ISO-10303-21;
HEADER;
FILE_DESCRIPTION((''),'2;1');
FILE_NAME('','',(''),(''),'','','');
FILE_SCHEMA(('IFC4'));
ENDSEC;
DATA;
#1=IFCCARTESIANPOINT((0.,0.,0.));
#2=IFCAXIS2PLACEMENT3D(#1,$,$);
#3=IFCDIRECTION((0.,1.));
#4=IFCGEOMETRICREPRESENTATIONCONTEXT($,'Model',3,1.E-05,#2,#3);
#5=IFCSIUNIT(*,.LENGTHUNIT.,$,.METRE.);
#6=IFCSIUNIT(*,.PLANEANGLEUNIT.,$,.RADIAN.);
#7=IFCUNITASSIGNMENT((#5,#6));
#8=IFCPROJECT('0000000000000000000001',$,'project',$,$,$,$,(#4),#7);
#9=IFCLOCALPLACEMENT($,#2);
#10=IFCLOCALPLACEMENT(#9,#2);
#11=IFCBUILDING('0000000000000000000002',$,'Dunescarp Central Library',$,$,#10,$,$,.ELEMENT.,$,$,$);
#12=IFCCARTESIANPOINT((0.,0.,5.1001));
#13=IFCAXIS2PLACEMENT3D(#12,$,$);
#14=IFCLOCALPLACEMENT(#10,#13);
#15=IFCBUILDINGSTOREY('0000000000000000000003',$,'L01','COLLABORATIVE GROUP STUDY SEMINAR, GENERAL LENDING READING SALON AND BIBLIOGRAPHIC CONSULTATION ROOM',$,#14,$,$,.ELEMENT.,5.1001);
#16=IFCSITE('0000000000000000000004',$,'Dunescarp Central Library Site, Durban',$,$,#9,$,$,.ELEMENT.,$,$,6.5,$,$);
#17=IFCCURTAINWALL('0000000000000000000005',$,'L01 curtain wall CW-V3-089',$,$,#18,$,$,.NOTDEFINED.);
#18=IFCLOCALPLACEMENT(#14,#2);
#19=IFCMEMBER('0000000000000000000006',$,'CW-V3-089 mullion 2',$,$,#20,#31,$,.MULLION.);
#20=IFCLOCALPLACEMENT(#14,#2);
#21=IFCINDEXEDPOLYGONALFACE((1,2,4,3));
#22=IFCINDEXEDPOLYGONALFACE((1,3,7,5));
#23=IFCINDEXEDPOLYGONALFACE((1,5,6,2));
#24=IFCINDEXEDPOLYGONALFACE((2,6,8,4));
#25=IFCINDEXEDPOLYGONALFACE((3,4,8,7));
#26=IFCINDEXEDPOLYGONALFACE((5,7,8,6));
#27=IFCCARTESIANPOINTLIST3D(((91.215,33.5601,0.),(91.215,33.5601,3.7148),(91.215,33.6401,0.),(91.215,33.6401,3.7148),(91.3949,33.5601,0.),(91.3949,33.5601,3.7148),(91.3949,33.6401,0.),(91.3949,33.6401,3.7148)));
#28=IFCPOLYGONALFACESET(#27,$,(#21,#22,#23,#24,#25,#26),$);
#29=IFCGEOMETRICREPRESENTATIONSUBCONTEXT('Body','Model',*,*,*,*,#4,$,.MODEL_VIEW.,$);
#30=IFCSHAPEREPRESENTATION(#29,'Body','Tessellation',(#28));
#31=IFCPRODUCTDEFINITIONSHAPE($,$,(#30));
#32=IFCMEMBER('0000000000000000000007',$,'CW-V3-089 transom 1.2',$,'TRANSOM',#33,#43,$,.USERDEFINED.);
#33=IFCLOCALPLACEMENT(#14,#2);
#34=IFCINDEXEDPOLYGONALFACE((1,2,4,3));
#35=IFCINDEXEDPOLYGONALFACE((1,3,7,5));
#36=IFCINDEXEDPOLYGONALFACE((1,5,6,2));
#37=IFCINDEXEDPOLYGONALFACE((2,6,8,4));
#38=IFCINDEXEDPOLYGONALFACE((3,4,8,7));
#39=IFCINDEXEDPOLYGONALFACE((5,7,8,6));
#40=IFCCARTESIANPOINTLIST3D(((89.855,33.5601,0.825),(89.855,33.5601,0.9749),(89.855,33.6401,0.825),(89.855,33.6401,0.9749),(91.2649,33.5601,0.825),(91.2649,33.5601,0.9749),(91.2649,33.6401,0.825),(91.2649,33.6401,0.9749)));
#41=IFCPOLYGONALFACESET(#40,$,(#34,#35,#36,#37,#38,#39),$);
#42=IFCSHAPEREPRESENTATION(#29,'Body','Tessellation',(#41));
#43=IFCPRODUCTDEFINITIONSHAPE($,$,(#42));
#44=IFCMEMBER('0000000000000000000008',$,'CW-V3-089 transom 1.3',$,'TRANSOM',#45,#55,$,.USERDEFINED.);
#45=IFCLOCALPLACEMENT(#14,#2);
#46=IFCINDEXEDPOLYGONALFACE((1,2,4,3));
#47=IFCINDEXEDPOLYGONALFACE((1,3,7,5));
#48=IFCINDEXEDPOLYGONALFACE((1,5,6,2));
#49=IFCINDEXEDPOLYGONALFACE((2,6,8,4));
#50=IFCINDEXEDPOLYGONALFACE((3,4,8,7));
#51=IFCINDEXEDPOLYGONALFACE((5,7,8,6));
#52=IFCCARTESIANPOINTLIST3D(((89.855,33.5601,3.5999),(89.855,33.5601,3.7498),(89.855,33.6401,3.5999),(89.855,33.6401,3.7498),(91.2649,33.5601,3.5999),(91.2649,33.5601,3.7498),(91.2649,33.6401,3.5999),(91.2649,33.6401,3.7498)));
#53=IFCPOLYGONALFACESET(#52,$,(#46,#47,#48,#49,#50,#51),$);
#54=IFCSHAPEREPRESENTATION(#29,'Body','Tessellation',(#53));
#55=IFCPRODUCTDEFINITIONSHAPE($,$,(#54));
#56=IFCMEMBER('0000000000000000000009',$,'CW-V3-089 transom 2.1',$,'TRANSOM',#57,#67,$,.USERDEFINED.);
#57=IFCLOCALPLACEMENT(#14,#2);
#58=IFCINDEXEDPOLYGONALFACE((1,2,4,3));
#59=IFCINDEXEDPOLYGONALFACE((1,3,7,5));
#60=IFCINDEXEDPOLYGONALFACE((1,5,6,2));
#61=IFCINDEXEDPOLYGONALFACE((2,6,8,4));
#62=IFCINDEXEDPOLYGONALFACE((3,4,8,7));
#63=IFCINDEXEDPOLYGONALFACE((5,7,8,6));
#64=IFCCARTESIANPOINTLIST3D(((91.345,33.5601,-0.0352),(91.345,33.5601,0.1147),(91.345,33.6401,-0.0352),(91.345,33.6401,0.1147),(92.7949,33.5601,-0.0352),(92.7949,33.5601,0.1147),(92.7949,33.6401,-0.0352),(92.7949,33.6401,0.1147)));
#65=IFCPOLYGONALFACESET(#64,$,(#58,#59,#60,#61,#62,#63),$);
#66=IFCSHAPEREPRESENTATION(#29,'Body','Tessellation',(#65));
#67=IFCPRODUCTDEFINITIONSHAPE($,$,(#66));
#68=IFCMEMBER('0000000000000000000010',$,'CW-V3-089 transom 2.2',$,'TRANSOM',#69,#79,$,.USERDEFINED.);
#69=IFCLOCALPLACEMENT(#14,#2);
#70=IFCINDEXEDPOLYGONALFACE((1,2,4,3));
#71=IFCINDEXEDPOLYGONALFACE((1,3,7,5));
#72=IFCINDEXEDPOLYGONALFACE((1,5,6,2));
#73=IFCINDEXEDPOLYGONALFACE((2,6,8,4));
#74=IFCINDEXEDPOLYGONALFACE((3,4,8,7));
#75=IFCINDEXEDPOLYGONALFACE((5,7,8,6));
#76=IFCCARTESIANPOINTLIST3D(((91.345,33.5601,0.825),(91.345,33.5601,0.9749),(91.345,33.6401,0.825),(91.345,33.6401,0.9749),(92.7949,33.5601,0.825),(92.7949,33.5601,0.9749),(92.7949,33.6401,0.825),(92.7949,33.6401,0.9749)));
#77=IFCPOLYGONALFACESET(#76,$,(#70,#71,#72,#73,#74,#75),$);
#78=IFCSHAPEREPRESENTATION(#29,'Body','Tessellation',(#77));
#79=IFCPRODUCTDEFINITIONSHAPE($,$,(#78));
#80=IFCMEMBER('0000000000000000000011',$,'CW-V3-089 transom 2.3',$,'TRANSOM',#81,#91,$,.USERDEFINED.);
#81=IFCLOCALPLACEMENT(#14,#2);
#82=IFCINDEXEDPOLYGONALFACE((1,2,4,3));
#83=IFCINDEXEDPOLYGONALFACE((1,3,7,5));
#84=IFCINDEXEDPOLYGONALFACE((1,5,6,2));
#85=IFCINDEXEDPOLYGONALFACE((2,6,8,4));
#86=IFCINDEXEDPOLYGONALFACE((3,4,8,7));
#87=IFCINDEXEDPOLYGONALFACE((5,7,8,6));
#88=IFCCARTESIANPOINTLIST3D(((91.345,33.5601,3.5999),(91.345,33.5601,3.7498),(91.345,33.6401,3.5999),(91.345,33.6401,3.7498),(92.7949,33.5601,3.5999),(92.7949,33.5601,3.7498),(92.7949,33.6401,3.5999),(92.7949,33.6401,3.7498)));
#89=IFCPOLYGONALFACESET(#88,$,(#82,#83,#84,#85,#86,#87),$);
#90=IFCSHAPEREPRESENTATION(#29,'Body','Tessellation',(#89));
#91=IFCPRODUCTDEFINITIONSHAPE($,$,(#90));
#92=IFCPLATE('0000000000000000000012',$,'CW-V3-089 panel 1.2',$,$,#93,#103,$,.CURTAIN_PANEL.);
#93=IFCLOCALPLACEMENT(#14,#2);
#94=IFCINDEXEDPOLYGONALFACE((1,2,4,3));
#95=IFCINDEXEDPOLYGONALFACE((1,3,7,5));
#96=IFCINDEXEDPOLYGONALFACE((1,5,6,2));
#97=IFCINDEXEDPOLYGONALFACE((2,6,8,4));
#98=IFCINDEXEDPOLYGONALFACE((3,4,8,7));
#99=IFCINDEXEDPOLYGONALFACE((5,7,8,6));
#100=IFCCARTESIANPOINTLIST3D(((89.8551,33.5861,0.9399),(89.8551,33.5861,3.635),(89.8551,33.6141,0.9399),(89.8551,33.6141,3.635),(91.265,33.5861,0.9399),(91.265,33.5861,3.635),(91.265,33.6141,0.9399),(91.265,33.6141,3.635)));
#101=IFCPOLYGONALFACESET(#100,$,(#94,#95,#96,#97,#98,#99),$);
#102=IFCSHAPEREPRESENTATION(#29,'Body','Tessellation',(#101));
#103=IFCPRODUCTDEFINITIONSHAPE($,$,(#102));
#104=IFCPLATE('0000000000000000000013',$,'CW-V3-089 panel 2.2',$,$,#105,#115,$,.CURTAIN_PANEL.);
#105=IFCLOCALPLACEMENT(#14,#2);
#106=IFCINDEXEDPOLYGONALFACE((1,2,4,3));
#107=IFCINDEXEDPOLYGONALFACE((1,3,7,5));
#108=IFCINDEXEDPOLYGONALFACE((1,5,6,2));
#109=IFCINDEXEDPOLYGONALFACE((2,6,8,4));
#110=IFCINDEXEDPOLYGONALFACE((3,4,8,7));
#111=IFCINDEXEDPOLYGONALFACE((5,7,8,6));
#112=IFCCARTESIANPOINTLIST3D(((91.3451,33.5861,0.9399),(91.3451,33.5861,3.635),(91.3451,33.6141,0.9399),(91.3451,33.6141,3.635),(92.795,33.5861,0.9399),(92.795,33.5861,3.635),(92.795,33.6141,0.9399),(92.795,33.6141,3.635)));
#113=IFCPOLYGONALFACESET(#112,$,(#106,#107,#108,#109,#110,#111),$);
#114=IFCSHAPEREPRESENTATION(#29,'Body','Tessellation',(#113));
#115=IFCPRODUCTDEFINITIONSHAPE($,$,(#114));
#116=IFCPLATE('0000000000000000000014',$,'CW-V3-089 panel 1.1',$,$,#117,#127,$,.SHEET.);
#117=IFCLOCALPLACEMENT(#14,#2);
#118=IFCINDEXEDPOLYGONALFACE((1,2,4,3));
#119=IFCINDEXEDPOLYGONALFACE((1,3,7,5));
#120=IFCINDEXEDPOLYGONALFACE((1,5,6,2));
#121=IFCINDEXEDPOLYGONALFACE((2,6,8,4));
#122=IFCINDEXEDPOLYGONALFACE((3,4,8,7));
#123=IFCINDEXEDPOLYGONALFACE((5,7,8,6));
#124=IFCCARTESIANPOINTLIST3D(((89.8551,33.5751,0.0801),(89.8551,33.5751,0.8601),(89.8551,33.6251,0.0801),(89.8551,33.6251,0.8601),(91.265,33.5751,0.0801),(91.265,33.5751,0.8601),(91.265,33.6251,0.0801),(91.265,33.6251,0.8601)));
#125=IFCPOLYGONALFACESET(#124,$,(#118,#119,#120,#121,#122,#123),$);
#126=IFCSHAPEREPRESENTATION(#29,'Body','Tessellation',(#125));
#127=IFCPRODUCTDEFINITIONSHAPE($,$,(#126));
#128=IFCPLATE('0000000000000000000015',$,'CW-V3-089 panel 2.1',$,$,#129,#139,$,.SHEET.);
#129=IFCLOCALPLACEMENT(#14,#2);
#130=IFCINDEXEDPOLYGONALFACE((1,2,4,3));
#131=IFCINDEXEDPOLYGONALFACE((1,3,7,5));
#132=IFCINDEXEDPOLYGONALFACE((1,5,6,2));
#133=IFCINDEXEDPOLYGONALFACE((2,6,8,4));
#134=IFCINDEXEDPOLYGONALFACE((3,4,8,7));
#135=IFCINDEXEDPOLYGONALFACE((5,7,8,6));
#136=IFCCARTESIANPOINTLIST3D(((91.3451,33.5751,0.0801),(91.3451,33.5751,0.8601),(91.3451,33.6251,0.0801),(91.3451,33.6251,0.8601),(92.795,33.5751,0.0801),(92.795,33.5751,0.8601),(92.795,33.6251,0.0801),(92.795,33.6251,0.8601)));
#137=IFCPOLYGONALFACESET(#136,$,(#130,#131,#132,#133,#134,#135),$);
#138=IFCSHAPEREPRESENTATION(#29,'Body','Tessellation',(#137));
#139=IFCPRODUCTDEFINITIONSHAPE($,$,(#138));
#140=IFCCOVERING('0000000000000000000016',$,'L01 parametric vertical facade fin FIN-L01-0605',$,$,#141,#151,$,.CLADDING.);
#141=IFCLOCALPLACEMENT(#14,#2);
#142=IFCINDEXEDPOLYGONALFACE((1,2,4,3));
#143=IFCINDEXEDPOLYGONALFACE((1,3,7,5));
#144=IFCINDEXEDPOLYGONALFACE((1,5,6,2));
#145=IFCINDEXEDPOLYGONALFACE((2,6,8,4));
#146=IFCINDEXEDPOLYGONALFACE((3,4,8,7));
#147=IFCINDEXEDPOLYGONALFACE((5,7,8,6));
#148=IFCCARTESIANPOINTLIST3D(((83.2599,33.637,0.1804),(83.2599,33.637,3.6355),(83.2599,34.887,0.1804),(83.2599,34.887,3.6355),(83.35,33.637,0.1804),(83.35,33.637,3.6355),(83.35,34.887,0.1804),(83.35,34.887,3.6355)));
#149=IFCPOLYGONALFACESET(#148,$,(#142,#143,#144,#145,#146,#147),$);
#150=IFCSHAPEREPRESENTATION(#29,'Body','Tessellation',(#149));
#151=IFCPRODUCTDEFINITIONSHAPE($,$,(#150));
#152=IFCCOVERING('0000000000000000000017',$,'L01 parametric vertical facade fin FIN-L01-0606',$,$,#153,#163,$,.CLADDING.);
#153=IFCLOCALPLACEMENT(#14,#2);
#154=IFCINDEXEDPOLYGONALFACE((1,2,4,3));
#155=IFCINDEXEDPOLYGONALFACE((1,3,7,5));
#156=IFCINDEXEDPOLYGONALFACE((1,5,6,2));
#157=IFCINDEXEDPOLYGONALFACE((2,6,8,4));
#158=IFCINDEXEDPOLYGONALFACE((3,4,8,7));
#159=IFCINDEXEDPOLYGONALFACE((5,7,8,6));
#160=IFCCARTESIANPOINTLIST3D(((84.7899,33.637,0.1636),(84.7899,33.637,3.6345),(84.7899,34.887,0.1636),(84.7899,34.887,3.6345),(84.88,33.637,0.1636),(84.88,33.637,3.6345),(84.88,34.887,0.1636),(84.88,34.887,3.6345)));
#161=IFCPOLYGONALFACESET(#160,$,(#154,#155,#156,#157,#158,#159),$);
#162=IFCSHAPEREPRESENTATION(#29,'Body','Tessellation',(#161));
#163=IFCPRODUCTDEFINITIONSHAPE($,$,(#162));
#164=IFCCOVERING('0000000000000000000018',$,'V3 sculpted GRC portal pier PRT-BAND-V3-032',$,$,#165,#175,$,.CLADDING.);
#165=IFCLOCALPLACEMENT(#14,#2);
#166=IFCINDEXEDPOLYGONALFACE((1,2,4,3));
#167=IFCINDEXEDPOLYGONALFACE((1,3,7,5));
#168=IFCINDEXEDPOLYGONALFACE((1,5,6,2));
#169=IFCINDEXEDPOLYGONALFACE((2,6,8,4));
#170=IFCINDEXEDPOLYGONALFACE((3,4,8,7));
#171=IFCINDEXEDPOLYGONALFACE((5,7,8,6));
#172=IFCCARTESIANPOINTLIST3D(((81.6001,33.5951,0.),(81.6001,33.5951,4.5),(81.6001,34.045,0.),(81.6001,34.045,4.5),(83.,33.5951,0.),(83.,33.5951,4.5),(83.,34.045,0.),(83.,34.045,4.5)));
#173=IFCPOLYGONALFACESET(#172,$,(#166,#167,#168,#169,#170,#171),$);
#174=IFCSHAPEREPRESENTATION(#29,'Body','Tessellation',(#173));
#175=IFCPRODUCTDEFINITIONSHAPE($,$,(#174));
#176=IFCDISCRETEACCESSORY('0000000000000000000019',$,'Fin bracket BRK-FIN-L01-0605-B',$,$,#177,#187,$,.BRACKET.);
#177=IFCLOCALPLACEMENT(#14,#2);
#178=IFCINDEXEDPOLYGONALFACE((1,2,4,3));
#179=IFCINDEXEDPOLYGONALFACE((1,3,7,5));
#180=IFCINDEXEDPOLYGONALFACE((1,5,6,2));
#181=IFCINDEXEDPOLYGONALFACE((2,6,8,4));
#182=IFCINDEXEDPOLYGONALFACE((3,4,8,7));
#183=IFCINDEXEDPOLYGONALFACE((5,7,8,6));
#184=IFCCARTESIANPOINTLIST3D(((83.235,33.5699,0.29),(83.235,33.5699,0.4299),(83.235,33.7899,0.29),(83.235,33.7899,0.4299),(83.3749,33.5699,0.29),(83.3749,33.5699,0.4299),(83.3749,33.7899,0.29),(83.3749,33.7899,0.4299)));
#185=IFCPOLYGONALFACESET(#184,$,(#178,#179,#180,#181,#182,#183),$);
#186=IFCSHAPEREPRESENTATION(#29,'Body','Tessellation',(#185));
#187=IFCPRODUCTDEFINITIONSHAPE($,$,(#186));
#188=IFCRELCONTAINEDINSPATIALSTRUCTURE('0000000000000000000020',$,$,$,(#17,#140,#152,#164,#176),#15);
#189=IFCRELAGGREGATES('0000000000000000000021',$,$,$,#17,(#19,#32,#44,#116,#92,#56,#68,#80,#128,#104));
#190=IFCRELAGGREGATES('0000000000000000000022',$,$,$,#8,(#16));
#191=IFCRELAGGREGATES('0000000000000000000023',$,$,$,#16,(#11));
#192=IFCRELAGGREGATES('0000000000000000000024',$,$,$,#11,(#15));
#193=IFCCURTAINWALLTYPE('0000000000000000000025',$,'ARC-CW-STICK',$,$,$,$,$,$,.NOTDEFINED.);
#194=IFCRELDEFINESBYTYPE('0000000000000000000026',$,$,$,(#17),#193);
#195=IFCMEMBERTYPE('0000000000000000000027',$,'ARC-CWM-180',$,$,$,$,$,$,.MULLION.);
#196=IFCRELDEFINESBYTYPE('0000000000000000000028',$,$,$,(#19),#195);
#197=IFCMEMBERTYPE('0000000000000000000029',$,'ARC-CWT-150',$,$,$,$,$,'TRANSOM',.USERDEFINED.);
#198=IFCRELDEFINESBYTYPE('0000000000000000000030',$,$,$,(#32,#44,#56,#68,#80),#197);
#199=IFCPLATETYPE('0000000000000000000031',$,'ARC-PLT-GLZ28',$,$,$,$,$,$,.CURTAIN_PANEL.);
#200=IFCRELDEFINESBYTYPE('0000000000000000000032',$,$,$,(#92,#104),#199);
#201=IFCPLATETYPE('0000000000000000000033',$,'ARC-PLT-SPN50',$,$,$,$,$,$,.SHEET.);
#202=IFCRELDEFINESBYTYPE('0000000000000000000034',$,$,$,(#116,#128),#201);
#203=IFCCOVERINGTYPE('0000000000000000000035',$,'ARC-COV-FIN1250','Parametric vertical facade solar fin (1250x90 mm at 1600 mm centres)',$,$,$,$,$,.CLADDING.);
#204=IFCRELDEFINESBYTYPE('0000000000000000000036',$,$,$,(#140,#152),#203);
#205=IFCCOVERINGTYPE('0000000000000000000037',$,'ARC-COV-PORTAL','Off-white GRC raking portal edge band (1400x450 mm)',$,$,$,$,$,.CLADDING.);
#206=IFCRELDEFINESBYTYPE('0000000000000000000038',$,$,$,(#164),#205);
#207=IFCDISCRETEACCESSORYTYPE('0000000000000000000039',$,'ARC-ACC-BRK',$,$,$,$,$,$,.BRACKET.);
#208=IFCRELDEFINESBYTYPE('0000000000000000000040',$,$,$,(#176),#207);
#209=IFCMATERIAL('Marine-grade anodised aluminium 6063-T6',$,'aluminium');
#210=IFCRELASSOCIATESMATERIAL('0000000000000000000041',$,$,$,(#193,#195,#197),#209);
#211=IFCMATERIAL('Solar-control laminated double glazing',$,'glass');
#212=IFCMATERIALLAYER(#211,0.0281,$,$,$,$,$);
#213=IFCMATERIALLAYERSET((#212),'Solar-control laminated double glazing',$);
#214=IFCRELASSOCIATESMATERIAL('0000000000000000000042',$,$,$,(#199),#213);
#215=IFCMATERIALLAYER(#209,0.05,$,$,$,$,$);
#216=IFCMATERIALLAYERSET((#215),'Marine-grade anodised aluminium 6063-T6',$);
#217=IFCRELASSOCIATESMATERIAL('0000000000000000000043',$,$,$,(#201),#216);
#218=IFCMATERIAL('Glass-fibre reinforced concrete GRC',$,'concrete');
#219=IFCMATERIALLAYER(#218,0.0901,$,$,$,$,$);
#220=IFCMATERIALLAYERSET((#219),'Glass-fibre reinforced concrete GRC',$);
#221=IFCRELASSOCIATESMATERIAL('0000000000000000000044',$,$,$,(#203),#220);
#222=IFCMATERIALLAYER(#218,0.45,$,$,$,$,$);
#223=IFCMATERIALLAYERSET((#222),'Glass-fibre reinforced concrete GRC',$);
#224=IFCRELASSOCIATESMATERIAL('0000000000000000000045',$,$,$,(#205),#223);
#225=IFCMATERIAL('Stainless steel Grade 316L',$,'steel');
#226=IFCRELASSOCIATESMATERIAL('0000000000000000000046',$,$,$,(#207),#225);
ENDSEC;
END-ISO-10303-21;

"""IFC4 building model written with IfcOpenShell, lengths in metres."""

from ifc_helpers import new_model, si_unit, direction, frame, origin, origin_2d, place, context, subcontext, project, spatial, rectangle, extrude, material, layer, layer_set, material_profile, profile_set, type_object, element, aggregate, save


model = new_model("IFC4")

# Units and contexts
model_context = context("Model", 3, precision=1e-05, world=origin(), true_north=direction((0.0, 1.0)))
body_context = subcontext(model_context, "Body", "Model", "MODEL_VIEW")
ifc_project = project(units=[si_unit("LENGTHUNIT", "METRE"), si_unit("PLANEANGLEUNIT", "RADIAN")], contexts=[model_context])

# Site, building, storey
site_placement = place(None, origin())
site = spatial("IfcSite", under=ifc_project, at=site_placement, Name="Dunescarp Central Library Site, Durban", CompositionType="ELEMENT", RefElevation=6.5)
building_placement = place(site_placement, origin())
building = spatial("IfcBuilding", under=site, at=building_placement, Name="Dunescarp Central Library", CompositionType="ELEMENT")
storey_placement = place(building_placement, frame((0.0, 0.0, 5.1001)))
storey = spatial("IfcBuildingStorey", under=building, at=storey_placement, Name="L01", Description="COLLABORATIVE GROUP STUDY SEMINAR, GENERAL LENDING READING SALON AND BIBLIOGRAPHIC CONSULTATION ROOM", CompositionType="ELEMENT", Elevation=5.1001)

# Curtain wall, members, plates
ifc_material_1 = material(Name="Marine-grade anodised aluminium 6063-T6", Category="aluminium")
curtain_wall_type = type_object("IfcCurtainWallType", Name="ARC-CW-STICK", PredefinedType="NOTDEFINED", material=ifc_material_1)
curtain_wall_placement = place(storey_placement, origin())
curtain_wall = element("IfcCurtainWall", 1, at=curtain_wall_placement, inside=storey, type_object=curtain_wall_type, Name="L01 curtain wall CW-V3-089", PredefinedType="NOTDEFINED")
ifc_material_profile_1 = material_profile(ifc_material_1, rectangle(XDim=0.0801, YDim=0.1799, at=origin_2d()), Name="AL 80x180")
ifc_profile_set_1 = profile_set([ifc_material_profile_1], Name="Marine-grade anodised aluminium 6063-T6")
member_type_1 = type_object("IfcMemberType", Name="ARC-CWM-180", PredefinedType="MULLION", material=ifc_profile_set_1)
member_1_placement = place(storey_placement, frame((91.3049, 33.6001, 0.0), z_axis=(0.0, 0.0, 1.0), x_axis=(0.0, 1.0, 0.0)))
member_1 = element("IfcMember", 2, at=member_1_placement, type_object=member_type_1, Name="CW-V3-089 mullion 2", PredefinedType="MULLION", context=body_context, shape_type="SweptSolid", body=[
    extrude(rectangle(XDim=0.0801, YDim=0.1799, at=origin_2d()), origin(), (0.0, 0.0, 1.0), 3.7148),
])
ifc_material_profile_2 = material_profile(ifc_material_1, rectangle(XDim=0.0801, YDim=0.1499, at=origin_2d()), Name="AL 80x150")
ifc_profile_set_2 = profile_set([ifc_material_profile_2], Name="Marine-grade anodised aluminium 6063-T6")
member_type_2 = type_object("IfcMemberType", Name="ARC-CWT-150", ElementType="TRANSOM", PredefinedType="USERDEFINED", material=ifc_profile_set_2)
member_2_placement = place(storey_placement, frame((89.855, 33.6001, 0.8999), z_axis=(1.0, 0.0, 0.0), x_axis=(0.0, 1.0, 0.0)))
member_2 = element("IfcMember", 3, at=member_2_placement, type_object=member_type_2, Name="CW-V3-089 transom 1.2", ObjectType="TRANSOM", PredefinedType="USERDEFINED", context=body_context, shape_type="SweptSolid", body=[
    extrude(rectangle(XDim=0.0801, YDim=0.1499, at=origin_2d()), origin(), (0.0, 0.0, 1.0), 1.4099),
])
member_3_placement = place(storey_placement, frame((89.855, 33.6001, 3.6748), z_axis=(1.0, 0.0, 0.0), x_axis=(0.0, 1.0, 0.0)))
member_3 = element("IfcMember", 4, at=member_3_placement, type_object=member_type_2, Name="CW-V3-089 transom 1.3", ObjectType="TRANSOM", PredefinedType="USERDEFINED", context=body_context, shape_type="SweptSolid", body=[
    extrude(rectangle(XDim=0.0801, YDim=0.1499, at=origin_2d()), origin(), (0.0, 0.0, 1.0), 1.4099),
])
member_4_placement = place(storey_placement, frame((91.345, 33.6001, 0.0398), z_axis=(1.0, 0.0, 0.0), x_axis=(0.0, 1.0, 0.0)))
member_4 = element("IfcMember", 5, at=member_4_placement, type_object=member_type_2, Name="CW-V3-089 transom 2.1", ObjectType="TRANSOM", PredefinedType="USERDEFINED", context=body_context, shape_type="SweptSolid", body=[
    extrude(rectangle(XDim=0.0801, YDim=0.1499, at=origin_2d()), origin(), (0.0, 0.0, 1.0), 1.45),
])
member_5_placement = place(storey_placement, frame((91.345, 33.6001, 0.8999), z_axis=(1.0, 0.0, 0.0), x_axis=(0.0, 1.0, 0.0)))
member_5 = element("IfcMember", 6, at=member_5_placement, type_object=member_type_2, Name="CW-V3-089 transom 2.2", ObjectType="TRANSOM", PredefinedType="USERDEFINED", context=body_context, shape_type="SweptSolid", body=[
    extrude(rectangle(XDim=0.0801, YDim=0.1499, at=origin_2d()), origin(), (0.0, 0.0, 1.0), 1.45),
])
member_6_placement = place(storey_placement, frame((91.345, 33.6001, 3.6748), z_axis=(1.0, 0.0, 0.0), x_axis=(0.0, 1.0, 0.0)))
member_6 = element("IfcMember", 7, at=member_6_placement, type_object=member_type_2, Name="CW-V3-089 transom 2.3", ObjectType="TRANSOM", PredefinedType="USERDEFINED", context=body_context, shape_type="SweptSolid", body=[
    extrude(rectangle(XDim=0.0801, YDim=0.1499, at=origin_2d()), origin(), (0.0, 0.0, 1.0), 1.45),
])
ifc_material_2 = material(Name="Solar-control laminated double glazing", Category="glass")
ifc_layer_1 = layer(ifc_material_2, 0.0281)
ifc_layer_set_1 = layer_set([ifc_layer_1], Name="Solar-control laminated double glazing")
plate_type_1 = type_object("IfcPlateType", Name="ARC-PLT-GLZ28", PredefinedType="CURTAIN_PANEL", material=ifc_layer_set_1)
plate_1_placement = place(storey_placement, frame((90.5601, 33.6001, 0.9399), z_axis=(0.0, 0.0, 1.0), x_axis=(1.0, 0.0, 0.0)))
plate_1 = element("IfcPlate", 8, at=plate_1_placement, type_object=plate_type_1, Name="CW-V3-089 panel 1.2", PredefinedType="CURTAIN_PANEL", context=body_context, shape_type="SweptSolid", body=[
    extrude(rectangle(XDim=1.4099, YDim=0.0281, at=origin_2d()), origin(), (0.0, 0.0, 1.0), 2.6951),
])
plate_2_placement = place(storey_placement, frame((92.0701, 33.6001, 0.9399), z_axis=(0.0, 0.0, 1.0), x_axis=(1.0, 0.0, 0.0)))
plate_2 = element("IfcPlate", 9, at=plate_2_placement, type_object=plate_type_1, Name="CW-V3-089 panel 2.2", PredefinedType="CURTAIN_PANEL", context=body_context, shape_type="SweptSolid", body=[
    extrude(rectangle(XDim=1.45, YDim=0.0281, at=origin_2d()), origin(), (0.0, 0.0, 1.0), 2.6951),
])
ifc_layer_2 = layer(ifc_material_1, 0.05)
ifc_layer_set_2 = layer_set([ifc_layer_2], Name="Marine-grade anodised aluminium 6063-T6")
plate_type_2 = type_object("IfcPlateType", Name="ARC-PLT-SPN50", PredefinedType="SHEET", material=ifc_layer_set_2)
plate_3_placement = place(storey_placement, frame((90.5601, 33.6001, 0.0801), z_axis=(0.0, 0.0, 1.0), x_axis=(1.0, 0.0, 0.0)))
plate_3 = element("IfcPlate", 10, at=plate_3_placement, type_object=plate_type_2, Name="CW-V3-089 panel 1.1", PredefinedType="SHEET", context=body_context, shape_type="SweptSolid", body=[
    extrude(rectangle(XDim=1.4099, YDim=0.05, at=origin_2d()), origin(), (0.0, 0.0, 1.0), 0.78),
])
plate_4_placement = place(storey_placement, frame((92.0701, 33.6001, 0.0801), z_axis=(0.0, 0.0, 1.0), x_axis=(1.0, 0.0, 0.0)))
plate_4 = element("IfcPlate", 11, at=plate_4_placement, type_object=plate_type_2, Name="CW-V3-089 panel 2.1", PredefinedType="SHEET", context=body_context, shape_type="SweptSolid", body=[
    extrude(rectangle(XDim=1.45, YDim=0.05, at=origin_2d()), origin(), (0.0, 0.0, 1.0), 0.78),
])
aggregate(curtain_wall, [member_1, member_2, member_3, plate_3, plate_1, member_4, member_5, member_6, plate_4, plate_2])

# Coverings
ifc_material_3 = material(Name="Glass-fibre reinforced concrete GRC", Category="concrete")
ifc_layer_3 = layer(ifc_material_3, 0.0901)
ifc_layer_set_3 = layer_set([ifc_layer_3], Name="Glass-fibre reinforced concrete GRC")
covering_type_1 = type_object("IfcCoveringType", Name="ARC-COV-FIN1250", Description="Parametric vertical facade solar fin (1250x90 mm at 1600 mm centres)", PredefinedType="CLADDING", material=ifc_layer_set_3)
covering_1_placement = place(storey_placement, frame((83.3049, 34.262, 0.1804), z_axis=(0.0, 0.0, 1.0), x_axis=(0.0, 1.0, 0.0)))
element("IfcCovering", 12, at=covering_1_placement, inside=storey, type_object=covering_type_1, Name="L01 parametric vertical facade fin FIN-L01-0605", PredefinedType="CLADDING", context=body_context, shape_type="SweptSolid", body=[
    extrude(rectangle(XDim=1.25, YDim=0.0901, at=origin_2d()), origin(), (0.0, 0.0, 1.0), 3.4551),
])
covering_2_placement = place(storey_placement, frame((84.835, 34.262, 0.1636), z_axis=(0.0, 0.0, 1.0), x_axis=(0.0, 1.0, 0.0)))
element("IfcCovering", 13, at=covering_2_placement, inside=storey, type_object=covering_type_1, Name="L01 parametric vertical facade fin FIN-L01-0606", PredefinedType="CLADDING", context=body_context, shape_type="SweptSolid", body=[
    extrude(rectangle(XDim=1.25, YDim=0.0901, at=origin_2d()), origin(), (0.0, 0.0, 1.0), 3.4709),
])
ifc_layer_4 = layer(ifc_material_3, 0.45)
ifc_layer_set_4 = layer_set([ifc_layer_4], Name="Glass-fibre reinforced concrete GRC")
covering_type_2 = type_object("IfcCoveringType", Name="ARC-COV-PORTAL", Description="Off-white GRC raking portal edge band (1400x450 mm)", PredefinedType="CLADDING", material=ifc_layer_set_4)
covering_3_placement = place(storey_placement, frame((82.3, 33.8201, 0.0), z_axis=(0.0, 0.0, 1.0), x_axis=(1.0, 0.0, 0.0)))
element("IfcCovering", 14, at=covering_3_placement, inside=storey, type_object=covering_type_2, Name="V3 sculpted GRC portal pier PRT-BAND-V3-032", PredefinedType="CLADDING", context=body_context, shape_type="SweptSolid", body=[
    extrude(rectangle(XDim=1.3999, YDim=0.45, at=origin_2d()), origin(), (0.0, 0.0, 1.0), 4.5),
])

# Discrete accessory
ifc_material_4 = material(Name="Stainless steel Grade 316L", Category="steel")
discrete_accessory_type = type_object("IfcDiscreteAccessoryType", Name="ARC-ACC-BRK", PredefinedType="BRACKET", material=ifc_material_4)
for number, where, z_axis, x_axis, name in (
    (15, (83.3049, 33.6799, 0.29), (0.0, 0.0, 1.0), (0.0, 1.0, 0.0), "Fin bracket BRK-FIN-L01-0605-B"),
):
    element("IfcDiscreteAccessory", number, at=place(storey_placement, frame(where, z_axis=z_axis, x_axis=x_axis)), inside=storey, type_object=discrete_accessory_type, Name=name, PredefinedType="BRACKET", context=body_context, shape_type="SweptSolid", body=[
        extrude(rectangle(XDim=0.22, YDim=0.1399, at=origin_2d()), origin(), (0.0, 0.0, 1.0), 0.1399),
    ])

save(model, "model.ifc")
